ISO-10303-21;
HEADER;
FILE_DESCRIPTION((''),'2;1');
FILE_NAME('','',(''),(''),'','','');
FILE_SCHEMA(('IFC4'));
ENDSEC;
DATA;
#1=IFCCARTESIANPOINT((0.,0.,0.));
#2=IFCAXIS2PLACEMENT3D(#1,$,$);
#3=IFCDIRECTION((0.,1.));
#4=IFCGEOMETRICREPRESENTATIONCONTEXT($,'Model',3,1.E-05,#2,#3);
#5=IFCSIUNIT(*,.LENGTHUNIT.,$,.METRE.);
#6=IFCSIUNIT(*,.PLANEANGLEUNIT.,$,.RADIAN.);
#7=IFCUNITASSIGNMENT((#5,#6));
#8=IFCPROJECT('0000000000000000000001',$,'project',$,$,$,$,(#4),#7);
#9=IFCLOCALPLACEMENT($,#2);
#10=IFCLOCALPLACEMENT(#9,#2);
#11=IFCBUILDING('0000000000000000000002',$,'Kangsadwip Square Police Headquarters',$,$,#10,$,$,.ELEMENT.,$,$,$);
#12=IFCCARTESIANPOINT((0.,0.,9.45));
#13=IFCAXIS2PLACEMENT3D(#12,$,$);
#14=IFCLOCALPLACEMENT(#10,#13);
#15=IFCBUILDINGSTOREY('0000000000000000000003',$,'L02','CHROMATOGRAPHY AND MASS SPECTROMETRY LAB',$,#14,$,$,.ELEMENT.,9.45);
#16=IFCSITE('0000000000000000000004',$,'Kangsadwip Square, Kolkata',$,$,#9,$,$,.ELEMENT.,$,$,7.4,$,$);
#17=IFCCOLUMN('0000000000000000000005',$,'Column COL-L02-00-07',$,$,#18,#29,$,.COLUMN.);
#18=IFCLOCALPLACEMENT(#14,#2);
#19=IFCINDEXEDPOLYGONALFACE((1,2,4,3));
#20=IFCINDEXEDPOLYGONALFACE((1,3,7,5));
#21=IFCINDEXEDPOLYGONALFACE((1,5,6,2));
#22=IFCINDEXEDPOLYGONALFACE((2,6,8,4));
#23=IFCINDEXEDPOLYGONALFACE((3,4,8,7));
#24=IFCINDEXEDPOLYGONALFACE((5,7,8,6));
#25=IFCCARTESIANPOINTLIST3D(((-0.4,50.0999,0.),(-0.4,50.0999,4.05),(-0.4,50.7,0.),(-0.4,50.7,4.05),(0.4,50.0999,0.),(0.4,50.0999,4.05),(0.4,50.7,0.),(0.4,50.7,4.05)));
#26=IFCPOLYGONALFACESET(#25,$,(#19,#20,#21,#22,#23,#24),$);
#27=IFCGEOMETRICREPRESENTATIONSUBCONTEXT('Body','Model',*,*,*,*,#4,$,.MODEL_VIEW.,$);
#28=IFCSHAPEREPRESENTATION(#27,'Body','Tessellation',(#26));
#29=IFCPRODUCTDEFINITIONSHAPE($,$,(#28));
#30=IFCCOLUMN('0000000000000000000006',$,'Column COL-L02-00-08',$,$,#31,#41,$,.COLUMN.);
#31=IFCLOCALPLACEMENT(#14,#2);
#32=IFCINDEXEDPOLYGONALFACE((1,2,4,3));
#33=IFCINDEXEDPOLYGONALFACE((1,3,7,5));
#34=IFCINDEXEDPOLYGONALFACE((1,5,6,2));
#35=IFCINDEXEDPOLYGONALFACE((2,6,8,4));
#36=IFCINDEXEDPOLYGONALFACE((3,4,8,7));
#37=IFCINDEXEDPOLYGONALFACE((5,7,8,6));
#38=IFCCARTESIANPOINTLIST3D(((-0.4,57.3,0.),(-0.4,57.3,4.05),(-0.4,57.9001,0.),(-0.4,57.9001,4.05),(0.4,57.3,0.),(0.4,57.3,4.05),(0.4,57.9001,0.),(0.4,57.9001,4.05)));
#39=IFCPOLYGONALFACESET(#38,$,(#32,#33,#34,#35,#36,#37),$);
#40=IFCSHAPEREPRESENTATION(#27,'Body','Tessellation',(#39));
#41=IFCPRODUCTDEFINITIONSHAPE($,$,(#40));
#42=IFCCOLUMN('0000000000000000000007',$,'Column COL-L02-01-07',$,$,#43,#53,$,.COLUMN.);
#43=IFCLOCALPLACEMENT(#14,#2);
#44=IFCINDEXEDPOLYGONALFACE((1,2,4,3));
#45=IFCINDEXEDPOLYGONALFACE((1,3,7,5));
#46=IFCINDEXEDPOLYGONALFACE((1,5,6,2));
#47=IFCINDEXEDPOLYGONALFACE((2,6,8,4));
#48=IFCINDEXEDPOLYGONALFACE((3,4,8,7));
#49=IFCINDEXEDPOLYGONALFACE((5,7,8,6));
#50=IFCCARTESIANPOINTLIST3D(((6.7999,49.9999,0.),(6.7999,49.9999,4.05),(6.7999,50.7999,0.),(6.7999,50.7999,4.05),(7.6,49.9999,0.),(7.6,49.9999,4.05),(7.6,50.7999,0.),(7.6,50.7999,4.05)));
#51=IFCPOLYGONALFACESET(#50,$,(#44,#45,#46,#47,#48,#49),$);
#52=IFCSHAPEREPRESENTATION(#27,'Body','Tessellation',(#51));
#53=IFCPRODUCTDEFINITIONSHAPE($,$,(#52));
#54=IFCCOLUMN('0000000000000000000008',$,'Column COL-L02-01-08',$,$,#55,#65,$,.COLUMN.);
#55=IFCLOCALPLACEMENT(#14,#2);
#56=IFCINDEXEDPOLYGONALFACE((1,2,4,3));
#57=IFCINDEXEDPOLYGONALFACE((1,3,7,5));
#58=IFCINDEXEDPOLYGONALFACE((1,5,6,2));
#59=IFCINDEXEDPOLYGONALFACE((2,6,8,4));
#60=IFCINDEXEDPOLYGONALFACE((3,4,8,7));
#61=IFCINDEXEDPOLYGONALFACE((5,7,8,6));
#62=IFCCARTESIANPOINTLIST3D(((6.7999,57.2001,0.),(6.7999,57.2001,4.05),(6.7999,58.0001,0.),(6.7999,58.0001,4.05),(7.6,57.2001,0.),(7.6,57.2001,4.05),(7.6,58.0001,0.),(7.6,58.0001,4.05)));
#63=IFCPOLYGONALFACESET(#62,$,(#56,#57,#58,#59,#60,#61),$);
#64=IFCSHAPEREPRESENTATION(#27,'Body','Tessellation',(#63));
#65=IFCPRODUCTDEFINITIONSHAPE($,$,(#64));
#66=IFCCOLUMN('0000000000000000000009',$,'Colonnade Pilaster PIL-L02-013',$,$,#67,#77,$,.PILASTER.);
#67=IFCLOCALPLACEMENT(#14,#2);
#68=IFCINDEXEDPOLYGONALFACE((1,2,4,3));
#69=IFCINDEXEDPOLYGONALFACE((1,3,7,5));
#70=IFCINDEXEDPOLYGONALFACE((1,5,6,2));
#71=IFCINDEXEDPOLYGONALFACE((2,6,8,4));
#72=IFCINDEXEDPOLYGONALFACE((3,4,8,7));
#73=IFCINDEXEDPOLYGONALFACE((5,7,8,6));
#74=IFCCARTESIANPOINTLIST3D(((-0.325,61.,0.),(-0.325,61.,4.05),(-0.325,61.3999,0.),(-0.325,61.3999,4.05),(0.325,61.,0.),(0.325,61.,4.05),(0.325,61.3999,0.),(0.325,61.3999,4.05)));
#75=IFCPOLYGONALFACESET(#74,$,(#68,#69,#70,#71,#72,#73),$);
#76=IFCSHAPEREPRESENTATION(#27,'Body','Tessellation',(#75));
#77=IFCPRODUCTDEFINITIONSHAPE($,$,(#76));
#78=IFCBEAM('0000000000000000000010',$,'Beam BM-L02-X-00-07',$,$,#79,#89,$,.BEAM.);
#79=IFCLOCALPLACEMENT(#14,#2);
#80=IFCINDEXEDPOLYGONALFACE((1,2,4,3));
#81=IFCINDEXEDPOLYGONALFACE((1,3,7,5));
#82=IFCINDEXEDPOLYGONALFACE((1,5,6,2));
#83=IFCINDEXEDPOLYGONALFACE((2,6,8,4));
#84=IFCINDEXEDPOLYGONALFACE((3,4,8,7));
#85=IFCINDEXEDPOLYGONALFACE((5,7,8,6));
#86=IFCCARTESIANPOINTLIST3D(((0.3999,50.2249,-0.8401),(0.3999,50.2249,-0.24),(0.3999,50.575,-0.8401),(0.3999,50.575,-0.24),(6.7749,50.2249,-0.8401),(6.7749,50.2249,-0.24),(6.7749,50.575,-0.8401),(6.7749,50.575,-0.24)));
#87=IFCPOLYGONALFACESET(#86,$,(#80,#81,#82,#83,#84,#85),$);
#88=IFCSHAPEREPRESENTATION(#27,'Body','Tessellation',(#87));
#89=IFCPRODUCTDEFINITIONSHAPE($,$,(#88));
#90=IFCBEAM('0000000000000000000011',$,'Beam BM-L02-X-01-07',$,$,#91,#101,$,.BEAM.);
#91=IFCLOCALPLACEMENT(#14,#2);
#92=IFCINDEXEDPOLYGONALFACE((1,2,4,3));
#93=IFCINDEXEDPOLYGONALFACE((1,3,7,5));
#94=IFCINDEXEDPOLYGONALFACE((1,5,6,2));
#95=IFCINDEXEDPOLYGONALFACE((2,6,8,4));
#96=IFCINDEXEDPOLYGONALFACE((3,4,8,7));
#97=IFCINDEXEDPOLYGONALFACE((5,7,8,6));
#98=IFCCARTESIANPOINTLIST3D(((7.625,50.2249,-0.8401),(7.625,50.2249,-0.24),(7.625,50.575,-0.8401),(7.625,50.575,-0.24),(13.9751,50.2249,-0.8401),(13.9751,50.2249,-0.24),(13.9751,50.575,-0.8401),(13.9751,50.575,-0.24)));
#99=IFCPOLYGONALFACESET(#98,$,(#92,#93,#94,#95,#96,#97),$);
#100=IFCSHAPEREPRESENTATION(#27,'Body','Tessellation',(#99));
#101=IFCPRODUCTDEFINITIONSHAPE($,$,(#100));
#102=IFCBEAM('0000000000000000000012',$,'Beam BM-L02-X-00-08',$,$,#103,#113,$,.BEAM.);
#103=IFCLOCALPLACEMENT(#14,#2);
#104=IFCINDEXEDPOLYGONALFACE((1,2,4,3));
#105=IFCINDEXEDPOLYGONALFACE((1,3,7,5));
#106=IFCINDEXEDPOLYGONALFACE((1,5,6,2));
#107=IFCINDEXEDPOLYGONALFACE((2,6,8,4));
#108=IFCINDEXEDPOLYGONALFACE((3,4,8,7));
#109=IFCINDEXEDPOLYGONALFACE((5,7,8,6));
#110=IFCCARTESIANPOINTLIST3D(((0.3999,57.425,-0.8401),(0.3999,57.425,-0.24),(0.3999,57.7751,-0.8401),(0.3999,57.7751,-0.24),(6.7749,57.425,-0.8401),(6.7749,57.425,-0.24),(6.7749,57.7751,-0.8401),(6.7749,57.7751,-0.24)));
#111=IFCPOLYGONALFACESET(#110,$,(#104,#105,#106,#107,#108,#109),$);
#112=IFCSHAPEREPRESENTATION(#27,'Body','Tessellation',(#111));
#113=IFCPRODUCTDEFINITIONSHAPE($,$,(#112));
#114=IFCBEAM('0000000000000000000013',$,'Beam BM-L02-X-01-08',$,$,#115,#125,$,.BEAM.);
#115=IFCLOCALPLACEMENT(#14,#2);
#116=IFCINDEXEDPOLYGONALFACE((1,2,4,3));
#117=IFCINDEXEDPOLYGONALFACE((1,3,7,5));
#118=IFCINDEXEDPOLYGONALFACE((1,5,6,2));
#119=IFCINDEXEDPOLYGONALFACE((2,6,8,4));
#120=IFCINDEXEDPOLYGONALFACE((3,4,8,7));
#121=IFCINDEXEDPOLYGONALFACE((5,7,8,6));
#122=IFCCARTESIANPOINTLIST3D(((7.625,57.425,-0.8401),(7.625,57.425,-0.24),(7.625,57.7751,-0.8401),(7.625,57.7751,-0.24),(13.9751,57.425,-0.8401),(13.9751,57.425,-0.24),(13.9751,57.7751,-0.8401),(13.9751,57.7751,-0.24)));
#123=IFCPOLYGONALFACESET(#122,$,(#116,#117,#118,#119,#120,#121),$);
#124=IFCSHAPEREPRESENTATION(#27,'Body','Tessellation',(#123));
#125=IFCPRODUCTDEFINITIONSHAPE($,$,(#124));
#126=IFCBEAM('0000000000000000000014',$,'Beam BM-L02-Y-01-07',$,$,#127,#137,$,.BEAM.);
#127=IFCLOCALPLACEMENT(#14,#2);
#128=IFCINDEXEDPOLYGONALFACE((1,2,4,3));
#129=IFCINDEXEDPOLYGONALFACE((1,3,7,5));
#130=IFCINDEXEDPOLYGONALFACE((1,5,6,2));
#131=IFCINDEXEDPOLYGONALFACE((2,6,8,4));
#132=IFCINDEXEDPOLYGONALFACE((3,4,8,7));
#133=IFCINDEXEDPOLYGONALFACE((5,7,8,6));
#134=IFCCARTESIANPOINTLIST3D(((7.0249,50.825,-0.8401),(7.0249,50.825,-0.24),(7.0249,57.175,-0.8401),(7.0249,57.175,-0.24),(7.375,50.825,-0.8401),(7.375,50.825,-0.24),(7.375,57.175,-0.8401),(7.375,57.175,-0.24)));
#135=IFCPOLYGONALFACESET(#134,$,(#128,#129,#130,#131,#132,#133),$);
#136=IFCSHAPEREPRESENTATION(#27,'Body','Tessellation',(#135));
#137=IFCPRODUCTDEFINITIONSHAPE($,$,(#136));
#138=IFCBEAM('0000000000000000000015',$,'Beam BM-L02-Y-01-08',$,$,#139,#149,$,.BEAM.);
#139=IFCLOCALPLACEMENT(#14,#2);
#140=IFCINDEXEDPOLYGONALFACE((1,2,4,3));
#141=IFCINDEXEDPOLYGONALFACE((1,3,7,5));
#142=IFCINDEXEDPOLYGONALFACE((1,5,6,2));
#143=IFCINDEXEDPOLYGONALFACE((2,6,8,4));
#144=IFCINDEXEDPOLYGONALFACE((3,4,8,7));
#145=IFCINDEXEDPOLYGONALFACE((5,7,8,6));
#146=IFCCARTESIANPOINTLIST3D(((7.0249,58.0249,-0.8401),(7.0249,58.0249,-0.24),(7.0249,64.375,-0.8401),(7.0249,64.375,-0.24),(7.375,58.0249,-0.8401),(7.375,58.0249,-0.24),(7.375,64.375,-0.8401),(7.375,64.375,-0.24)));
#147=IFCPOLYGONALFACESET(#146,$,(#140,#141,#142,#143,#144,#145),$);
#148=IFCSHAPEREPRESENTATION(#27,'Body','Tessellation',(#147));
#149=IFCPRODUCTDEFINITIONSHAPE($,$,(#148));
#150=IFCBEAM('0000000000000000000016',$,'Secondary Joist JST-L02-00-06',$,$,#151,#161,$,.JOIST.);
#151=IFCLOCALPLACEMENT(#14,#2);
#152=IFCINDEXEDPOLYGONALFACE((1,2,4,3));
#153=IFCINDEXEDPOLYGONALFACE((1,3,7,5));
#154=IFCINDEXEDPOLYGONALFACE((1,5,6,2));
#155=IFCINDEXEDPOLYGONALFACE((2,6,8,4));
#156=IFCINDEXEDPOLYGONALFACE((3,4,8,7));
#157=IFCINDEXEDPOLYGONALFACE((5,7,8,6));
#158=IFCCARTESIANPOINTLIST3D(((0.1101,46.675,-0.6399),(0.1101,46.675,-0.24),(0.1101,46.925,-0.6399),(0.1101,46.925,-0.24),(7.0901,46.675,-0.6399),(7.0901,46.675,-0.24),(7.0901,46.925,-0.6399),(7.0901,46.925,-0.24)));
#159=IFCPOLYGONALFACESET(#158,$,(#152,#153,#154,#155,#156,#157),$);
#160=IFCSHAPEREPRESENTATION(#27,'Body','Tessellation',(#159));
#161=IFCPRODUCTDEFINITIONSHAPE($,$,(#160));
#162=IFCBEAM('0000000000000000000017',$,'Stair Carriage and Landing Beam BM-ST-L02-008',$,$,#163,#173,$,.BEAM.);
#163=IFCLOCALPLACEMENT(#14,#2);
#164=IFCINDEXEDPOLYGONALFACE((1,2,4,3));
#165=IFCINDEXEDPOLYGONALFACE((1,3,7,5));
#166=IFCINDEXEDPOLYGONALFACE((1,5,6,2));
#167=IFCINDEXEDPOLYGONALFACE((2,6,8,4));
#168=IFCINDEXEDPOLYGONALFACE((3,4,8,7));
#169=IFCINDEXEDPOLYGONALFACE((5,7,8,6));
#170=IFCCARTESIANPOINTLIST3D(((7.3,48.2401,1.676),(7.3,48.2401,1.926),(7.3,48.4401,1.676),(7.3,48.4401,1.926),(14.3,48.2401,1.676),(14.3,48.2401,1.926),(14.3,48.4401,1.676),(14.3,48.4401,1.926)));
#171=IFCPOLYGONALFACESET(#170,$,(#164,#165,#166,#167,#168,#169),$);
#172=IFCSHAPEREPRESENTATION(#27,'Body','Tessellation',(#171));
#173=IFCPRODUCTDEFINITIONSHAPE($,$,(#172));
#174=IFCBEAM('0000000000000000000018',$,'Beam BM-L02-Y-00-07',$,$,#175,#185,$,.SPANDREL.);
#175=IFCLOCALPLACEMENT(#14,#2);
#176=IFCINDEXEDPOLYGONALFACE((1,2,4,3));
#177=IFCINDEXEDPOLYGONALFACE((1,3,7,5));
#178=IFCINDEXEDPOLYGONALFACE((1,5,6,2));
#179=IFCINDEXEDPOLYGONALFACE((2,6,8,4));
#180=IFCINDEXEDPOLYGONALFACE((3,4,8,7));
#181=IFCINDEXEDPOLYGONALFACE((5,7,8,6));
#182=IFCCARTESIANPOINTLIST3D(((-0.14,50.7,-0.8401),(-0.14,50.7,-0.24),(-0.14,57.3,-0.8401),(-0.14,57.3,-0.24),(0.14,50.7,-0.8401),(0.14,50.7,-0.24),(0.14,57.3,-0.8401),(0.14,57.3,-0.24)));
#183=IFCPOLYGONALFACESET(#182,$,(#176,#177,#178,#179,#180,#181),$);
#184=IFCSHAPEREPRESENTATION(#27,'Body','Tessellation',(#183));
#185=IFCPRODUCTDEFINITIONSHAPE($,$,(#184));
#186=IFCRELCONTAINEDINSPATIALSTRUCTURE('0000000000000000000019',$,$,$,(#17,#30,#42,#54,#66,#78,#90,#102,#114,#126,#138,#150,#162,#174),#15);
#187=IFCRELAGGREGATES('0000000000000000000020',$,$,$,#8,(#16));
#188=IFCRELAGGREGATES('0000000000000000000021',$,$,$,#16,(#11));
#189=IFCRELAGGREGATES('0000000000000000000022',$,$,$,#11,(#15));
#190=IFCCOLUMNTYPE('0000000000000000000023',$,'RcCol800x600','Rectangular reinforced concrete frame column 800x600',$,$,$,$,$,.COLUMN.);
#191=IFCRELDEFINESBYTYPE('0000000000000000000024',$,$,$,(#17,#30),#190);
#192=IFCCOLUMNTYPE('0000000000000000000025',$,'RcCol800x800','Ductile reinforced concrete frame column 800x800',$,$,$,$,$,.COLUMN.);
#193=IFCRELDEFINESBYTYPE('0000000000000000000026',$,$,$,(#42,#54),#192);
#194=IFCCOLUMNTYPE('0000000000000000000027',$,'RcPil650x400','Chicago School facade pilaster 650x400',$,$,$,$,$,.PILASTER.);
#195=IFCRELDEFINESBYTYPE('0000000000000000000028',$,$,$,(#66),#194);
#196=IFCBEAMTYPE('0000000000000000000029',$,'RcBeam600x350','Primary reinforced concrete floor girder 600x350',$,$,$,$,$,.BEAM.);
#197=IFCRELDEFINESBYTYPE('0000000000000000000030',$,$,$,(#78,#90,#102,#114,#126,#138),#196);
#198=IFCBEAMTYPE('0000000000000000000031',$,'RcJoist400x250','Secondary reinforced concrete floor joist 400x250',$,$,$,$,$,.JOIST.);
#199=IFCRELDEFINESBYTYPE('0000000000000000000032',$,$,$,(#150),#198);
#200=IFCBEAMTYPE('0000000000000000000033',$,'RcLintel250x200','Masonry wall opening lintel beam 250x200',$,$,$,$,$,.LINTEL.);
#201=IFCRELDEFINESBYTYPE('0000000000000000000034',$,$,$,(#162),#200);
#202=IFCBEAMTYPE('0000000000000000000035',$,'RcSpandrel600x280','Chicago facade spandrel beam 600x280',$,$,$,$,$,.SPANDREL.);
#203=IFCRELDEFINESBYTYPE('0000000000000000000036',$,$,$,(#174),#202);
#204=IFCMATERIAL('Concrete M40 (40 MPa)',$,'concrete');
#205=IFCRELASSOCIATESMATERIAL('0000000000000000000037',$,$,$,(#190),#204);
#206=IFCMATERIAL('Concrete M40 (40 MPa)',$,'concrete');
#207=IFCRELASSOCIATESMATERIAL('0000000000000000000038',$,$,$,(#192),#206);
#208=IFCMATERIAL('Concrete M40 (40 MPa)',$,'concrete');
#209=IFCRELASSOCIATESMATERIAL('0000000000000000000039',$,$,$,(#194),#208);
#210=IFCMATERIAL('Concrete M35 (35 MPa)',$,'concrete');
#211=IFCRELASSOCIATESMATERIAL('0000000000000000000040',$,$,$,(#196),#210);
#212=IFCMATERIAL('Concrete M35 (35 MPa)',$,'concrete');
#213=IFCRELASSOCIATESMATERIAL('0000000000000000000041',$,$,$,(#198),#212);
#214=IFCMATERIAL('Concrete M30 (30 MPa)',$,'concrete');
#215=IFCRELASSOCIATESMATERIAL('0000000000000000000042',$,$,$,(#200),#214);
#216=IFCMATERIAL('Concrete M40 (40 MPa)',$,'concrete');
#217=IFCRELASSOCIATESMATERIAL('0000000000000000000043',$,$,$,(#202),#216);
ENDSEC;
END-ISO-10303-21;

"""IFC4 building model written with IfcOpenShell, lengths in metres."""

from ifc_helpers import new_model, si_unit, direction, frame, origin, origin_2d, place, context, subcontext, project, spatial, rectangle, extrude, material, material_profile, profile_set, type_object, element, save


model = new_model("IFC4")

# Units and contexts
model_context = context("Model", 3, precision=1e-05, world=origin(), true_north=direction((0.0, 1.0)))
body_context = subcontext(model_context, "Body", "Model", "MODEL_VIEW")
ifc_project = project(units=[si_unit("LENGTHUNIT", "METRE"), si_unit("PLANEANGLEUNIT", "RADIAN")], contexts=[model_context])

# Site, building, storey
site_placement = place(None, origin())
site = spatial("IfcSite", under=ifc_project, at=site_placement, Name="Kangsadwip Square, Kolkata", CompositionType="ELEMENT", RefElevation=7.4)
building_placement = place(site_placement, origin())
building = spatial("IfcBuilding", under=site, at=building_placement, Name="Kangsadwip Square Police Headquarters", CompositionType="ELEMENT")
storey_placement = place(building_placement, frame((0.0, 0.0, 9.45)))
storey = spatial("IfcBuildingStorey", under=building, at=storey_placement, Name="L02", Description="CHROMATOGRAPHY AND MASS SPECTROMETRY LAB", CompositionType="ELEMENT", Elevation=9.45)

# Columns
ifc_material_1 = material(Name="Concrete M40 (40 MPa)", Category="concrete")
ifc_material_profile_1 = material_profile(ifc_material_1, rectangle(XDim=0.6001, YDim=0.8, at=origin_2d()), Name="RC COL 800X600")
ifc_profile_set_1 = profile_set([ifc_material_profile_1], Name="Concrete M40 (40 MPa)")
column_type_1 = type_object("IfcColumnType", Name="RcCol800x600", Description="Rectangular reinforced concrete frame column 800x600", PredefinedType="COLUMN", material=ifc_profile_set_1)
for number, where, z_axis, x_axis, name in (
    (1, (0.0, 50.3999, 0.0), (0.0, 0.0, 1.0), (0.0, 1.0, 0.0), "Column COL-L02-00-07"),
    (2, (0.0, 57.6001, 0.0), (0.0, 0.0, 1.0), (0.0, 1.0, 0.0), "Column COL-L02-00-08"),
):
    element("IfcColumn", number, at=place(storey_placement, frame(where, z_axis=z_axis, x_axis=x_axis)), inside=storey, type_object=column_type_1, Name=name, PredefinedType="COLUMN", context=body_context, shape_type="SweptSolid", body=[
        extrude(rectangle(XDim=0.6001, YDim=0.8, at=origin_2d()), origin(), (0.0, 0.0, 1.0), 4.05),
    ])
ifc_material_2 = material(Name="Concrete M40 (40 MPa)", Category="concrete")
ifc_material_profile_2 = material_profile(ifc_material_2, rectangle(XDim=0.8, YDim=0.8, at=origin_2d()), Name="RC COL 800X800")
ifc_profile_set_2 = profile_set([ifc_material_profile_2], Name="Concrete M40 (40 MPa)")
column_type_2 = type_object("IfcColumnType", Name="RcCol800x800", Description="Ductile reinforced concrete frame column 800x800", PredefinedType="COLUMN", material=ifc_profile_set_2)
for number, where, z_axis, x_axis, name in (
    (3, (7.2, 50.3999, 0.0), (0.0, 0.0, 1.0), (1.0, 0.0, 0.0), "Column COL-L02-01-07"),
    (4, (7.2, 57.6001, 0.0), (0.0, 0.0, 1.0), (1.0, 0.0, 0.0), "Column COL-L02-01-08"),
):
    element("IfcColumn", number, at=place(storey_placement, frame(where, z_axis=z_axis, x_axis=x_axis)), inside=storey, type_object=column_type_2, Name=name, PredefinedType="COLUMN", context=body_context, shape_type="SweptSolid", body=[
        extrude(rectangle(XDim=0.8, YDim=0.8, at=origin_2d()), origin(), (0.0, 0.0, 1.0), 4.05),
    ])
ifc_material_3 = material(Name="Concrete M40 (40 MPa)", Category="concrete")
ifc_material_profile_3 = material_profile(ifc_material_3, rectangle(XDim=0.3999, YDim=0.6499, at=origin_2d()), Name="RC PIL 650X400")
ifc_profile_set_3 = profile_set([ifc_material_profile_3], Name="Concrete M40 (40 MPa)")
column_type_3 = type_object("IfcColumnType", Name="RcPil650x400", Description="Chicago School facade pilaster 650x400", PredefinedType="PILASTER", material=ifc_profile_set_3)
column_placement = place(storey_placement, frame((0.0, 61.2, 0.0), z_axis=(0.0, 0.0, 1.0), x_axis=(0.0, 1.0, 0.0)))
element("IfcColumn", 5, at=column_placement, inside=storey, type_object=column_type_3, Name="Colonnade Pilaster PIL-L02-013", PredefinedType="PILASTER", context=body_context, shape_type="SweptSolid", body=[
    extrude(rectangle(XDim=0.3999, YDim=0.6499, at=origin_2d()), origin(), (0.0, 0.0, 1.0), 4.05),
])

# Beams
ifc_material_4 = material(Name="Concrete M35 (35 MPa)", Category="concrete")
ifc_material_profile_4 = material_profile(ifc_material_4, rectangle(XDim=0.3501, YDim=0.6001, at=origin_2d()), Name="RC BM 600X350")
ifc_profile_set_4 = profile_set([ifc_material_profile_4], Name="Concrete M35 (35 MPa)")
beam_type_1 = type_object("IfcBeamType", Name="RcBeam600x350", Description="Primary reinforced concrete floor girder 600x350", PredefinedType="BEAM", material=ifc_profile_set_4)
beam_1_placement = place(storey_placement, frame((0.3999, 50.3999, -0.54), z_axis=(1.0, 0.0, 0.0), x_axis=(0.0, 1.0, 0.0)))
element("IfcBeam", 6, at=beam_1_placement, inside=storey, type_object=beam_type_1, Name="Beam BM-L02-X-00-07", PredefinedType="BEAM", context=body_context, shape_type="SweptSolid", body=[
    extrude(rectangle(XDim=0.3501, YDim=0.6001, at=origin_2d()), origin(), (0.0, 0.0, 1.0), 6.375),
])
beam_2_placement = place(storey_placement, frame((7.625, 50.3999, -0.54), z_axis=(1.0, 0.0, 0.0), x_axis=(0.0, 1.0, 0.0)))
element("IfcBeam", 7, at=beam_2_placement, inside=storey, type_object=beam_type_1, Name="Beam BM-L02-X-01-07", PredefinedType="BEAM", context=body_context, shape_type="SweptSolid", body=[
    extrude(rectangle(XDim=0.3501, YDim=0.6001, at=origin_2d()), origin(), (0.0, 0.0, 1.0), 6.3501),
])
beam_3_placement = place(storey_placement, frame((0.3999, 57.6001, -0.54), z_axis=(1.0, 0.0, 0.0), x_axis=(0.0, 1.0, 0.0)))
element("IfcBeam", 8, at=beam_3_placement, inside=storey, type_object=beam_type_1, Name="Beam BM-L02-X-00-08", PredefinedType="BEAM", context=body_context, shape_type="SweptSolid", body=[
    extrude(rectangle(XDim=0.3501, YDim=0.6001, at=origin_2d()), origin(), (0.0, 0.0, 1.0), 6.375),
])
for number, where, z_axis, x_axis, name in (
    (9, (7.625, 57.6001, -0.54), (1.0, 0.0, 0.0), (0.0, 1.0, 0.0), "Beam BM-L02-X-01-08"),
    (10, (7.2, 50.825, -0.54), (0.0, 1.0, 0.0), (-1.0, 0.0, 0.0), "Beam BM-L02-Y-01-07"),
    (11, (7.2, 58.0249, -0.54), (0.0, 1.0, 0.0), (-1.0, 0.0, 0.0), "Beam BM-L02-Y-01-08"),
):
    element("IfcBeam", number, at=place(storey_placement, frame(where, z_axis=z_axis, x_axis=x_axis)), inside=storey, type_object=beam_type_1, Name=name, PredefinedType="BEAM", context=body_context, shape_type="SweptSolid", body=[
        extrude(rectangle(XDim=0.3501, YDim=0.6001, at=origin_2d()), origin(), (0.0, 0.0, 1.0), 6.3501),
    ])
ifc_material_5 = material(Name="Concrete M35 (35 MPa)", Category="concrete")
ifc_material_profile_5 = material_profile(ifc_material_5, rectangle(XDim=0.25, YDim=0.3999, at=origin_2d()), Name="RC JST 400X250")
ifc_profile_set_5 = profile_set([ifc_material_profile_5], Name="Concrete M35 (35 MPa)")
beam_type_2 = type_object("IfcBeamType", Name="RcJoist400x250", Description="Secondary reinforced concrete floor joist 400x250", PredefinedType="JOIST", material=ifc_profile_set_5)
beam_4_placement = place(storey_placement, frame((0.1101, 46.8, -0.4399), z_axis=(1.0, 0.0, 0.0), x_axis=(0.0, 1.0, 0.0)))
element("IfcBeam", 12, at=beam_4_placement, inside=storey, type_object=beam_type_2, Name="Secondary Joist JST-L02-00-06", PredefinedType="JOIST", context=body_context, shape_type="SweptSolid", body=[
    extrude(rectangle(XDim=0.25, YDim=0.3999, at=origin_2d()), origin(), (0.0, 0.0, 1.0), 6.98),
])
ifc_material_6 = material(Name="Concrete M30 (30 MPa)", Category="concrete")
ifc_material_profile_6 = material_profile(ifc_material_6, rectangle(XDim=0.2, YDim=0.25, at=origin_2d()), Name="RC LNT 250X200")
ifc_profile_set_6 = profile_set([ifc_material_profile_6], Name="Concrete M30 (30 MPa)")
beam_type_3 = type_object("IfcBeamType", Name="RcLintel250x200", Description="Masonry wall opening lintel beam 250x200", PredefinedType="LINTEL", material=ifc_profile_set_6)
beam_5_placement = place(storey_placement, frame((7.3, 48.3401, 1.801), z_axis=(1.0, 0.0, 0.0), x_axis=(0.0, 1.0, 0.0)))
element("IfcBeam", 13, at=beam_5_placement, inside=storey, type_object=beam_type_3, Name="Stair Carriage and Landing Beam BM-ST-L02-008", PredefinedType="BEAM", context=body_context, shape_type="SweptSolid", body=[
    extrude(rectangle(XDim=0.2, YDim=0.25, at=origin_2d()), origin(), (0.0, 0.0, 1.0), 7.0),
])
ifc_material_7 = material(Name="Concrete M40 (40 MPa)", Category="concrete")
ifc_material_profile_7 = material_profile(ifc_material_7, rectangle(XDim=0.28, YDim=0.6001, at=origin_2d()), Name="RC SPN 600X280")
ifc_profile_set_7 = profile_set([ifc_material_profile_7], Name="Concrete M40 (40 MPa)")
beam_type_4 = type_object("IfcBeamType", Name="RcSpandrel600x280", Description="Chicago facade spandrel beam 600x280", PredefinedType="SPANDREL", material=ifc_profile_set_7)
for number, where, z_axis, x_axis, name in (
    (14, (0.0, 50.7, -0.54), (0.0, 1.0, 0.0), (-1.0, 0.0, 0.0), "Beam BM-L02-Y-00-07"),
):
    element("IfcBeam", number, at=place(storey_placement, frame(where, z_axis=z_axis, x_axis=x_axis)), inside=storey, type_object=beam_type_4, Name=name, PredefinedType="SPANDREL", context=body_context, shape_type="SweptSolid", body=[
        extrude(rectangle(XDim=0.28, YDim=0.6001, at=origin_2d()), origin(), (0.0, 0.0, 1.0), 6.6001),
    ])

save(model, "model.ifc")
